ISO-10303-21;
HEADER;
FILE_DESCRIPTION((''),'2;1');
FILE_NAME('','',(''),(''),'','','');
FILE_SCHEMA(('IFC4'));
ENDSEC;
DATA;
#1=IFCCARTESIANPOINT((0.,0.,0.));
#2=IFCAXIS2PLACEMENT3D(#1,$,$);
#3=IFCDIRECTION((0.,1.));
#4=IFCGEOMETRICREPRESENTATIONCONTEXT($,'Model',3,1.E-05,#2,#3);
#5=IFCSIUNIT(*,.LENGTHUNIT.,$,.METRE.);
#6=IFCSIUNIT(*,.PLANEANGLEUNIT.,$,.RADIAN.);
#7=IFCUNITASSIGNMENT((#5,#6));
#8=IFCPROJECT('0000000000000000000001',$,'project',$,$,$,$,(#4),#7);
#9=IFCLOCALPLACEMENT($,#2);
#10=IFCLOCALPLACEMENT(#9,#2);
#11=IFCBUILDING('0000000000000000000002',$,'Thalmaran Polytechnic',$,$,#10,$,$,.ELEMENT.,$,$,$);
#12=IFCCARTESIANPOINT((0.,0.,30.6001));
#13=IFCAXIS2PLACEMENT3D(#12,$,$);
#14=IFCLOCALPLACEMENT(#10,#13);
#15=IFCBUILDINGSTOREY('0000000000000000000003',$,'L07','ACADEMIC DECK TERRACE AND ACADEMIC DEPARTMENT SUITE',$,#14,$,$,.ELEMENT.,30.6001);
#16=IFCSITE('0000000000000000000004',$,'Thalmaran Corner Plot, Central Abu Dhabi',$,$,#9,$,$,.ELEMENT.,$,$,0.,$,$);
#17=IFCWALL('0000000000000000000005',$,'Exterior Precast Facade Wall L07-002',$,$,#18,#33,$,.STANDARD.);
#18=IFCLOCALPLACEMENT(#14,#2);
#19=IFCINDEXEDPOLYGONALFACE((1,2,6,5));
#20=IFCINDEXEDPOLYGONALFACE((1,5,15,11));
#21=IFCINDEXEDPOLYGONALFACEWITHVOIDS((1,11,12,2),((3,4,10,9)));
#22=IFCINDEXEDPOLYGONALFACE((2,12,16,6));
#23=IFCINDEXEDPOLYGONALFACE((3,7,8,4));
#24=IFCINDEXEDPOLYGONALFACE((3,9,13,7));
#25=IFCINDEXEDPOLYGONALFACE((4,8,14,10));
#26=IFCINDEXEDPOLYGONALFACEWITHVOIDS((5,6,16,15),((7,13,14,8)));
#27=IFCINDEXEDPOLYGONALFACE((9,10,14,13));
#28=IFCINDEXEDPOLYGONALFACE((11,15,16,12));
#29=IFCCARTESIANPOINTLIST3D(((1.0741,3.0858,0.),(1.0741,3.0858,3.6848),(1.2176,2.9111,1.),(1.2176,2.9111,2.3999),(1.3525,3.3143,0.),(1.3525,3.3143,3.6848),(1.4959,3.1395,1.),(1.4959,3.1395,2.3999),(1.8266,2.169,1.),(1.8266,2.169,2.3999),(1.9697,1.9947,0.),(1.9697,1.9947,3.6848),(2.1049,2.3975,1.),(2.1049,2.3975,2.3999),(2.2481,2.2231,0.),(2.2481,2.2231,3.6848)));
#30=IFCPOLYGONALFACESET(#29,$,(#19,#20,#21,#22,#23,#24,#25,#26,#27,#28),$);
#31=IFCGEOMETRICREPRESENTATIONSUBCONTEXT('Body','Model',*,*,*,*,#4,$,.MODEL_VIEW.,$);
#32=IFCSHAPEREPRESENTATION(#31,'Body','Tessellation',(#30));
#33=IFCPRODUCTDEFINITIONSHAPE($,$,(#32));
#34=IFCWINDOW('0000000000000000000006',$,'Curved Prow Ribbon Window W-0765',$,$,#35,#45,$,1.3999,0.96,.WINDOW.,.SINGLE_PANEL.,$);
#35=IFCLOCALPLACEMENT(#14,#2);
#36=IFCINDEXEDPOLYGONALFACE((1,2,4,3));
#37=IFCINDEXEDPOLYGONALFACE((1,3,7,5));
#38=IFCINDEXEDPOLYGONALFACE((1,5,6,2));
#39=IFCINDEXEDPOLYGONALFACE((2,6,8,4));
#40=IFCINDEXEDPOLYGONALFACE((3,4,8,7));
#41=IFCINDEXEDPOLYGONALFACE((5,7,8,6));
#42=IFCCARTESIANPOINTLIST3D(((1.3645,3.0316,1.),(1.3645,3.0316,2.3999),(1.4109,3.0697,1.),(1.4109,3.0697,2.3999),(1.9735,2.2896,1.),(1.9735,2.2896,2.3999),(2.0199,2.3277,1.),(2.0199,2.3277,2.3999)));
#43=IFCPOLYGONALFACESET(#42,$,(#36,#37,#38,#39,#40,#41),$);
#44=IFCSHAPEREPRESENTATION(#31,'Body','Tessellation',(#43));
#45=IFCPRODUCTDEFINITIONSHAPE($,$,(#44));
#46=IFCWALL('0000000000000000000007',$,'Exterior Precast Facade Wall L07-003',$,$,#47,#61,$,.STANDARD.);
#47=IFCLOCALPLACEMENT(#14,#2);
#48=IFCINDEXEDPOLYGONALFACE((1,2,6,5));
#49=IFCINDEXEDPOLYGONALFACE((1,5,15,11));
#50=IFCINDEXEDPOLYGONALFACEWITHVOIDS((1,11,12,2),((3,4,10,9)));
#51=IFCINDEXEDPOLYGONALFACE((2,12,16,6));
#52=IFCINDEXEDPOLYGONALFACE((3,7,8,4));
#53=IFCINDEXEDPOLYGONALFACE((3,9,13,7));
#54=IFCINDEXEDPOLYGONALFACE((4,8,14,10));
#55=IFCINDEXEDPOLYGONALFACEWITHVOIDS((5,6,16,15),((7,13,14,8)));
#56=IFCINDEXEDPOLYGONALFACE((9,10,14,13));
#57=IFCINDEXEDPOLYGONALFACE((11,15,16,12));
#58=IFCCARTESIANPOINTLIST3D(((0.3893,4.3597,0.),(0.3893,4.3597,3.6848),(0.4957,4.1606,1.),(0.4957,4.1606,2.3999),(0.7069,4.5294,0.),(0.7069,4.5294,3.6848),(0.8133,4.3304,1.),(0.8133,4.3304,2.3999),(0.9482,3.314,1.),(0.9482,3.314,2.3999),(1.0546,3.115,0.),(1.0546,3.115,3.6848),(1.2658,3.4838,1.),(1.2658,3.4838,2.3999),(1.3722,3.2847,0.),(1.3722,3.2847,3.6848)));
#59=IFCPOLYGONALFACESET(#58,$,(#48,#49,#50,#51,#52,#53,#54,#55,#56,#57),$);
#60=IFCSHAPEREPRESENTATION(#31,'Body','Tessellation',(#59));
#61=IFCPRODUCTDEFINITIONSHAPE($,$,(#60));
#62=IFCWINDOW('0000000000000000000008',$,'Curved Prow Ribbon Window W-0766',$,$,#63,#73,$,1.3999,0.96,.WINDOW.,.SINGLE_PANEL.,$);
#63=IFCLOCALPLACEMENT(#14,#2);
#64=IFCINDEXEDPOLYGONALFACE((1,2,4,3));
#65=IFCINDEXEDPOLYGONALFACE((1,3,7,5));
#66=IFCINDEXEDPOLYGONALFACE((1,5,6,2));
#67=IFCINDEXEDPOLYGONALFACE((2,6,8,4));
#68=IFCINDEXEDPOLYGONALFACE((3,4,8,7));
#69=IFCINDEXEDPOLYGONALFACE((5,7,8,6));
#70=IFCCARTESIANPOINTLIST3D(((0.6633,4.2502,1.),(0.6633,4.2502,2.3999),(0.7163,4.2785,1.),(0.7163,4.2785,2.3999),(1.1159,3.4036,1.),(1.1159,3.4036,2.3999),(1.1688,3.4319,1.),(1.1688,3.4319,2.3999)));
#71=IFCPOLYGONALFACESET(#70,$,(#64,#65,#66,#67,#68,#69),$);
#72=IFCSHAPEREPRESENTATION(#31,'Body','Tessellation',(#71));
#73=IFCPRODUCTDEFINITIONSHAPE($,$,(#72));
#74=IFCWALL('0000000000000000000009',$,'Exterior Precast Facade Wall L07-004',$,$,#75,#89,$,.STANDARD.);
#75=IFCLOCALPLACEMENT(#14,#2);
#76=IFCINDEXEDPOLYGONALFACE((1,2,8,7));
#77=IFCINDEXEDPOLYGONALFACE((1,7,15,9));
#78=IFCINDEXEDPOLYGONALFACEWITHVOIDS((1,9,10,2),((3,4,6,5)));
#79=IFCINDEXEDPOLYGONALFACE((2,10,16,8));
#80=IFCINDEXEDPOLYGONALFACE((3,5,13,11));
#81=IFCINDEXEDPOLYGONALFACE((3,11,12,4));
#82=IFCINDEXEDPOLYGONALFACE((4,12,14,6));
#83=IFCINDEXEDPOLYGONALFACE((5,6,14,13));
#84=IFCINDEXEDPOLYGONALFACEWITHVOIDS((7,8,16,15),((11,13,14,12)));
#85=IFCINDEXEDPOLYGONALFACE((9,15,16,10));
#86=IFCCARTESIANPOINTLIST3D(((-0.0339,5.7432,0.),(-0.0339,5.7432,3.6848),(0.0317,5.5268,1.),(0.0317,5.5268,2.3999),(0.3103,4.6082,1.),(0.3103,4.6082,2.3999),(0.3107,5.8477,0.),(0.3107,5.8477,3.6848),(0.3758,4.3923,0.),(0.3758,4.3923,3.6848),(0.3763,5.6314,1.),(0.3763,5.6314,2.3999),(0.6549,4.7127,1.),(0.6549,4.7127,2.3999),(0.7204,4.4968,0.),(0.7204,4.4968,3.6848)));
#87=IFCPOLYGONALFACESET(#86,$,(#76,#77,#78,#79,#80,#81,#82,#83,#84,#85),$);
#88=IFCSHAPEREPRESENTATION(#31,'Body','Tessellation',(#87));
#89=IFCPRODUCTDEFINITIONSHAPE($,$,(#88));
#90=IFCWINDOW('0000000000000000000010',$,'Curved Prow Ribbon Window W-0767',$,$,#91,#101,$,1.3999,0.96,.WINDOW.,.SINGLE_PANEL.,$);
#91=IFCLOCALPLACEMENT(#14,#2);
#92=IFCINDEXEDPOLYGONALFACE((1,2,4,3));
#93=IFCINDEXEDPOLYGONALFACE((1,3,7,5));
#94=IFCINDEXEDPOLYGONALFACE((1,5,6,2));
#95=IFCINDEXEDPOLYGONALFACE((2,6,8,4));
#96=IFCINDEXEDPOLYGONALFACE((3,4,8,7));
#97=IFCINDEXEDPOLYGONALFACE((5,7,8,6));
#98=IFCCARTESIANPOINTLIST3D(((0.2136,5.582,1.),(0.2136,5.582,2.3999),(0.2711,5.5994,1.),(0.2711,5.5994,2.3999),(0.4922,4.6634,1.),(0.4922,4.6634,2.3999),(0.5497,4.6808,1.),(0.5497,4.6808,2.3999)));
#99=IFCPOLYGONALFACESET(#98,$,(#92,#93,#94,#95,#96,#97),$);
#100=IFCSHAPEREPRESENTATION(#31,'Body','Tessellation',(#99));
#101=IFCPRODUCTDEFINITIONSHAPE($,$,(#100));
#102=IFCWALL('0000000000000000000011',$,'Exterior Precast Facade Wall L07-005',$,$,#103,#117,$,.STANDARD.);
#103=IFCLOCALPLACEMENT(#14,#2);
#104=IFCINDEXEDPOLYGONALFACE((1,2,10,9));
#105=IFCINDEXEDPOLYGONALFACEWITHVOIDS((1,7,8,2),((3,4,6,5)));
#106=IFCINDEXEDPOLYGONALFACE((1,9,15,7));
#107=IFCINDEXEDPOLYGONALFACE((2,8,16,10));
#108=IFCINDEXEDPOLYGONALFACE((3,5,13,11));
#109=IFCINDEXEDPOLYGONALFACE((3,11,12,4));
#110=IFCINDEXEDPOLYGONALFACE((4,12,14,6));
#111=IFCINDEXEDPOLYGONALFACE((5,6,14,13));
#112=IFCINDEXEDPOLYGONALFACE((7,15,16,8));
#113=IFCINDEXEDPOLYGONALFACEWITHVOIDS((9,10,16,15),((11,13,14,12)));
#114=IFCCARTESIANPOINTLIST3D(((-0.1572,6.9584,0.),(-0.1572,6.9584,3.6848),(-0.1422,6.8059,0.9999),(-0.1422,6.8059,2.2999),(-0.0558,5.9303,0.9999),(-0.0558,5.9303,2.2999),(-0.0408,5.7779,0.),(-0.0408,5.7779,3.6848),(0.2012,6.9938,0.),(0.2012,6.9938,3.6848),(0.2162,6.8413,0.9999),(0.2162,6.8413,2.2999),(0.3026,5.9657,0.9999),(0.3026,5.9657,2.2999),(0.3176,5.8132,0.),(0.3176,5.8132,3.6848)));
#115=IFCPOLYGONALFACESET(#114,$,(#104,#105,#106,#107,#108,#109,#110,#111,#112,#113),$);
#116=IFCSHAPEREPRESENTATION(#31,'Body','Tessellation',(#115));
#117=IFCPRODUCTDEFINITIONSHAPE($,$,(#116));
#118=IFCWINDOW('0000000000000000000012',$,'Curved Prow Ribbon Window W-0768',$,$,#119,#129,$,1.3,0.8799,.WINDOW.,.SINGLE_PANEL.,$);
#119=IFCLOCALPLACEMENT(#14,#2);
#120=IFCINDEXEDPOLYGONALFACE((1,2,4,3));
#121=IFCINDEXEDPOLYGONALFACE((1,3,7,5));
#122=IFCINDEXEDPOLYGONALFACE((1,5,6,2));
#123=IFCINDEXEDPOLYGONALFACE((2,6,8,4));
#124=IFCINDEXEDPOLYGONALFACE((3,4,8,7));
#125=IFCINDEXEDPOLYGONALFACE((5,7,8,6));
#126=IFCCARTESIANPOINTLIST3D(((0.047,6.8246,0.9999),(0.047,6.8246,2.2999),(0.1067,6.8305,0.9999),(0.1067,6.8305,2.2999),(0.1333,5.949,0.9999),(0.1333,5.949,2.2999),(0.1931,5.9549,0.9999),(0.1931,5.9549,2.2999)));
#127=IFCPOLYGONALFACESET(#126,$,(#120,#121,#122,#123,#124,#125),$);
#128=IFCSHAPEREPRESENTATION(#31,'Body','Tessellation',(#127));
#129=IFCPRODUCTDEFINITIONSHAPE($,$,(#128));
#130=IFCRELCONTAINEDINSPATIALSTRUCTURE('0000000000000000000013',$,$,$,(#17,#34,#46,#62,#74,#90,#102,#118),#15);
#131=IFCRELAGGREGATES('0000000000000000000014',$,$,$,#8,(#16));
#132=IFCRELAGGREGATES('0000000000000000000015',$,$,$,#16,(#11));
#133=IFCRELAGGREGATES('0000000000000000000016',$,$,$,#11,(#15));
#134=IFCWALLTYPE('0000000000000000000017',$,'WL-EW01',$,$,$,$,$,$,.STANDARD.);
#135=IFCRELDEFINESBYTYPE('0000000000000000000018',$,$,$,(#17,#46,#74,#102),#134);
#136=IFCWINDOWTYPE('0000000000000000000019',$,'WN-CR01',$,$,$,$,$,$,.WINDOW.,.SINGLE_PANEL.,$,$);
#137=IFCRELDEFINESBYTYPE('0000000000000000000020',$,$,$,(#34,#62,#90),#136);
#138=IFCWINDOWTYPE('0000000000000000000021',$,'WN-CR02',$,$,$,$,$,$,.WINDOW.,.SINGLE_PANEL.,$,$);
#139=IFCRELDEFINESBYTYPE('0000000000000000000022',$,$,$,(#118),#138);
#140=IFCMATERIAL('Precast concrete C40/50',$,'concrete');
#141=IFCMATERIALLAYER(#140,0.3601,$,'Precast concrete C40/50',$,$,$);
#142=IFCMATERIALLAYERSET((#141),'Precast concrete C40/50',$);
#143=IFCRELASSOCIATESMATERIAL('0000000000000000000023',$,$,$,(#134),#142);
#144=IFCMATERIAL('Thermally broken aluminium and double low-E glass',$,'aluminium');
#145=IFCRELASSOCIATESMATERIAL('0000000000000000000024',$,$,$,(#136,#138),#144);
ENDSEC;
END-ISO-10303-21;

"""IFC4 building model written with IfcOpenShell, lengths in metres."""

from ifc_helpers import new_model, si_unit, direction, frame, frame_2d, origin, place, context, subcontext, project, spatial, rectangle, extrude, material, layer, layer_set, type_object, element, fill, save


model = new_model("IFC4")

# Units and contexts
model_context = context("Model", 3, precision=1e-05, world=origin(), true_north=direction((0.0, 1.0)))
body_context = subcontext(model_context, "Body", "Model", "MODEL_VIEW")
ifc_project = project(units=[si_unit("LENGTHUNIT", "METRE"), si_unit("PLANEANGLEUNIT", "RADIAN")], contexts=[model_context])

# Site, building, storey
site_placement = place(None, origin())
site = spatial("IfcSite", under=ifc_project, at=site_placement, Name="Thalmaran Corner Plot, Central Abu Dhabi", CompositionType="ELEMENT", RefElevation=0.0)
building_placement = place(site_placement, origin())
building = spatial("IfcBuilding", under=site, at=building_placement, Name="Thalmaran Polytechnic", CompositionType="ELEMENT")
storey_placement = place(building_placement, frame((0.0, 0.0, 30.6001)))
storey = spatial("IfcBuildingStorey", under=building, at=storey_placement, Name="L07", Description="ACADEMIC DECK TERRACE AND ACADEMIC DEPARTMENT SUITE", CompositionType="ELEMENT", Elevation=30.6001)

# Walls, openings, windows
ifc_material_1 = material(Name="Precast concrete C40/50", Category="concrete")
ifc_layer_1 = layer(ifc_material_1, 0.3601, Name="Precast concrete C40/50")
ifc_layer_set_1 = layer_set([ifc_layer_1], Name="Precast concrete C40/50")
wall_type = type_object("IfcWallType", Name="WL-EW01", PredefinedType="STANDARD", material=ifc_layer_set_1)
wall_1_placement = place(storey_placement, frame((2.1089, 2.1089, 0.0), z_axis=(0.0, 0.0, 1.0), x_axis=(-0.634433, 0.772978, 0.0)))
wall_1 = element("IfcWall", 1, at=wall_1_placement, inside=storey, type_object=wall_type, Name="Exterior Precast Facade Wall L07-002", PredefinedType="STANDARD", context=body_context, shape_type="SweptSolid", body=[
    extrude(rectangle(XDim=1.4116, YDim=0.3601, at=frame_2d((0.7058, 0.0))), origin(), (0.0, 0.0, 1.0), 3.6848),
])
opening_1_placement = place(wall_1_placement, frame((0.2256, 0.0, 1.0)))
opening_1 = element("IfcOpeningElement", 2, at=opening_1_placement, cuts=wall_1, PredefinedType="OPENING", context=body_context, shape_type="SweptSolid", body=[
    extrude(rectangle(XDim=0.96, YDim=1.3999, at=frame_2d((0.48, 0.7))), frame((0.0, 0.1899, 0.0), z_axis=(0.0, -1.0, 0.0), x_axis=(1.0, 0.0, 0.0)), (0.0, 0.0, 1.0), 0.3801),
])
ifc_material_2 = material(Name="Thermally broken aluminium and double low-E glass", Category="aluminium")
window_type_1 = type_object("IfcWindowType", Name="WN-CR01", PartitioningType="SINGLE_PANEL", PredefinedType="WINDOW", material=ifc_material_2)
window_1_placement = place(opening_1_placement, origin())
window_1 = element("IfcWindow", 3, at=window_1_placement, inside=storey, type_object=window_type_1, Name="Curved Prow Ribbon Window W-0765", OverallHeight=1.3999, OverallWidth=0.96, PartitioningType="SINGLE_PANEL", PredefinedType="WINDOW", context=body_context, shape_type="SweptSolid", body=[
    extrude(rectangle(XDim=0.96, YDim=1.3999, at=frame_2d((0.48, 0.7))), frame((0.0, -0.01, 0.0), z_axis=(0.0, -1.0, 0.0), x_axis=(1.0, 0.0, 0.0)), (0.0, 0.0, 1.0), 0.0601),
])
fill(opening_1, window_1)
wall_2_placement = place(storey_placement, frame((1.2134, 3.2, 0.0), z_axis=(0.0, 0.0, 1.0), x_axis=(-0.471405, 0.881917, 0.0)))
wall_2 = element("IfcWall", 4, at=wall_2_placement, inside=storey, type_object=wall_type, Name="Exterior Precast Facade Wall L07-003", PredefinedType="STANDARD", context=body_context, shape_type="SweptSolid", body=[
    extrude(rectangle(XDim=1.4114, YDim=0.3601, at=frame_2d((0.7056, 0.0))), origin(), (0.0, 0.0, 1.0), 3.6848),
])
opening_2_placement = place(wall_2_placement, frame((0.2256, 0.0, 1.0)))
opening_2 = element("IfcOpeningElement", 5, at=opening_2_placement, cuts=wall_2, PredefinedType="OPENING", context=body_context, shape_type="SweptSolid", body=[
    extrude(rectangle(XDim=0.96, YDim=1.3999, at=frame_2d((0.48, 0.7))), frame((0.0, 0.1899, 0.0), z_axis=(0.0, -1.0, 0.0), x_axis=(1.0, 0.0, 0.0)), (0.0, 0.0, 1.0), 0.3801),
])
window_2_placement = place(opening_2_placement, origin())
window_2 = element("IfcWindow", 6, at=window_2_placement, inside=storey, type_object=window_type_1, Name="Curved Prow Ribbon Window W-0766", OverallHeight=1.3999, OverallWidth=0.96, PartitioningType="SINGLE_PANEL", PredefinedType="WINDOW", context=body_context, shape_type="SweptSolid", body=[
    extrude(rectangle(XDim=0.96, YDim=1.3999, at=frame_2d((0.48, 0.7))), frame((0.0, -0.01, 0.0), z_axis=(0.0, -1.0, 0.0), x_axis=(1.0, 0.0, 0.0)), (0.0, 0.0, 1.0), 0.0601),
])
fill(opening_2, window_2)
wall_3_placement = place(storey_placement, frame((0.5481, 4.4446, 0.0), z_axis=(0.0, 0.0, 1.0), x_axis=(-0.290219, 0.95696, 0.0)))
wall_3 = element("IfcWall", 7, at=wall_3_placement, inside=storey, type_object=wall_type, Name="Exterior Precast Facade Wall L07-004", PredefinedType="STANDARD", context=body_context, shape_type="SweptSolid", body=[
    extrude(rectangle(XDim=1.4116, YDim=0.3601, at=frame_2d((0.7058, 0.0))), origin(), (0.0, 0.0, 1.0), 3.6848),
])
opening_3_placement = place(wall_3_placement, frame((0.2256, 0.0, 1.0)))
opening_3 = element("IfcOpeningElement", 8, at=opening_3_placement, cuts=wall_3, PredefinedType="OPENING", context=body_context, shape_type="SweptSolid", body=[
    extrude(rectangle(XDim=0.96, YDim=1.3999, at=frame_2d((0.48, 0.7))), frame((0.0, 0.1899, 0.0), z_axis=(0.0, -1.0, 0.0), x_axis=(1.0, 0.0, 0.0)), (0.0, 0.0, 1.0), 0.3801),
])
window_3_placement = place(opening_3_placement, origin())
window_3 = element("IfcWindow", 9, at=window_3_placement, inside=storey, type_object=window_type_1, Name="Curved Prow Ribbon Window W-0767", OverallHeight=1.3999, OverallWidth=0.96, PartitioningType="SINGLE_PANEL", PredefinedType="WINDOW", context=body_context, shape_type="SweptSolid", body=[
    extrude(rectangle(XDim=0.96, YDim=1.3999, at=frame_2d((0.48, 0.7))), frame((0.0, -0.01, 0.0), z_axis=(0.0, -1.0, 0.0), x_axis=(1.0, 0.0, 0.0)), (0.0, 0.0, 1.0), 0.0601),
])
fill(opening_3, window_3)
wall_4_placement = place(storey_placement, frame((0.1384, 5.7954, 0.0), z_axis=(0.0, 0.0, 1.0), x_axis=(-0.098159, 0.995171, 0.0)))
wall_4 = element("IfcWall", 10, at=wall_4_placement, inside=storey, type_object=wall_type, Name="Exterior Precast Facade Wall L07-005", PredefinedType="STANDARD", context=body_context, shape_type="SweptSolid", body=[
    extrude(rectangle(XDim=1.1863, YDim=0.3601, at=frame_2d((0.5933, 0.0))), origin(), (0.0, 0.0, 1.0), 3.6848),
])
opening_4_placement = place(wall_4_placement, frame((0.1533, 0.0, 1.0)))
opening_4 = element("IfcOpeningElement", 11, at=opening_4_placement, cuts=wall_4, PredefinedType="OPENING", context=body_context, shape_type="SweptSolid", body=[
    extrude(rectangle(XDim=0.8799, YDim=1.3, at=frame_2d((0.4399, 0.6499))), frame((0.0, 0.1899, 0.0), z_axis=(0.0, -1.0, 0.0), x_axis=(1.0, 0.0, 0.0)), (0.0, 0.0, 1.0), 0.3801),
])
window_type_2 = type_object("IfcWindowType", Name="WN-CR02", PartitioningType="SINGLE_PANEL", PredefinedType="WINDOW", material=ifc_material_2)
window_4_placement = place(opening_4_placement, origin())
window_4 = element("IfcWindow", 12, at=window_4_placement, inside=storey, type_object=window_type_2, Name="Curved Prow Ribbon Window W-0768", OverallHeight=1.3, OverallWidth=0.8799, PartitioningType="SINGLE_PANEL", PredefinedType="WINDOW", context=body_context, shape_type="SweptSolid", body=[
    extrude(rectangle(XDim=0.8799, YDim=1.3, at=frame_2d((0.4399, 0.6499))), frame((0.0, -0.01, 0.0), z_axis=(0.0, -1.0, 0.0), x_axis=(1.0, 0.0, 0.0)), (0.0, 0.0, 1.0), 0.0601),
])
fill(opening_4, window_4)

save(model, "model.ifc")
